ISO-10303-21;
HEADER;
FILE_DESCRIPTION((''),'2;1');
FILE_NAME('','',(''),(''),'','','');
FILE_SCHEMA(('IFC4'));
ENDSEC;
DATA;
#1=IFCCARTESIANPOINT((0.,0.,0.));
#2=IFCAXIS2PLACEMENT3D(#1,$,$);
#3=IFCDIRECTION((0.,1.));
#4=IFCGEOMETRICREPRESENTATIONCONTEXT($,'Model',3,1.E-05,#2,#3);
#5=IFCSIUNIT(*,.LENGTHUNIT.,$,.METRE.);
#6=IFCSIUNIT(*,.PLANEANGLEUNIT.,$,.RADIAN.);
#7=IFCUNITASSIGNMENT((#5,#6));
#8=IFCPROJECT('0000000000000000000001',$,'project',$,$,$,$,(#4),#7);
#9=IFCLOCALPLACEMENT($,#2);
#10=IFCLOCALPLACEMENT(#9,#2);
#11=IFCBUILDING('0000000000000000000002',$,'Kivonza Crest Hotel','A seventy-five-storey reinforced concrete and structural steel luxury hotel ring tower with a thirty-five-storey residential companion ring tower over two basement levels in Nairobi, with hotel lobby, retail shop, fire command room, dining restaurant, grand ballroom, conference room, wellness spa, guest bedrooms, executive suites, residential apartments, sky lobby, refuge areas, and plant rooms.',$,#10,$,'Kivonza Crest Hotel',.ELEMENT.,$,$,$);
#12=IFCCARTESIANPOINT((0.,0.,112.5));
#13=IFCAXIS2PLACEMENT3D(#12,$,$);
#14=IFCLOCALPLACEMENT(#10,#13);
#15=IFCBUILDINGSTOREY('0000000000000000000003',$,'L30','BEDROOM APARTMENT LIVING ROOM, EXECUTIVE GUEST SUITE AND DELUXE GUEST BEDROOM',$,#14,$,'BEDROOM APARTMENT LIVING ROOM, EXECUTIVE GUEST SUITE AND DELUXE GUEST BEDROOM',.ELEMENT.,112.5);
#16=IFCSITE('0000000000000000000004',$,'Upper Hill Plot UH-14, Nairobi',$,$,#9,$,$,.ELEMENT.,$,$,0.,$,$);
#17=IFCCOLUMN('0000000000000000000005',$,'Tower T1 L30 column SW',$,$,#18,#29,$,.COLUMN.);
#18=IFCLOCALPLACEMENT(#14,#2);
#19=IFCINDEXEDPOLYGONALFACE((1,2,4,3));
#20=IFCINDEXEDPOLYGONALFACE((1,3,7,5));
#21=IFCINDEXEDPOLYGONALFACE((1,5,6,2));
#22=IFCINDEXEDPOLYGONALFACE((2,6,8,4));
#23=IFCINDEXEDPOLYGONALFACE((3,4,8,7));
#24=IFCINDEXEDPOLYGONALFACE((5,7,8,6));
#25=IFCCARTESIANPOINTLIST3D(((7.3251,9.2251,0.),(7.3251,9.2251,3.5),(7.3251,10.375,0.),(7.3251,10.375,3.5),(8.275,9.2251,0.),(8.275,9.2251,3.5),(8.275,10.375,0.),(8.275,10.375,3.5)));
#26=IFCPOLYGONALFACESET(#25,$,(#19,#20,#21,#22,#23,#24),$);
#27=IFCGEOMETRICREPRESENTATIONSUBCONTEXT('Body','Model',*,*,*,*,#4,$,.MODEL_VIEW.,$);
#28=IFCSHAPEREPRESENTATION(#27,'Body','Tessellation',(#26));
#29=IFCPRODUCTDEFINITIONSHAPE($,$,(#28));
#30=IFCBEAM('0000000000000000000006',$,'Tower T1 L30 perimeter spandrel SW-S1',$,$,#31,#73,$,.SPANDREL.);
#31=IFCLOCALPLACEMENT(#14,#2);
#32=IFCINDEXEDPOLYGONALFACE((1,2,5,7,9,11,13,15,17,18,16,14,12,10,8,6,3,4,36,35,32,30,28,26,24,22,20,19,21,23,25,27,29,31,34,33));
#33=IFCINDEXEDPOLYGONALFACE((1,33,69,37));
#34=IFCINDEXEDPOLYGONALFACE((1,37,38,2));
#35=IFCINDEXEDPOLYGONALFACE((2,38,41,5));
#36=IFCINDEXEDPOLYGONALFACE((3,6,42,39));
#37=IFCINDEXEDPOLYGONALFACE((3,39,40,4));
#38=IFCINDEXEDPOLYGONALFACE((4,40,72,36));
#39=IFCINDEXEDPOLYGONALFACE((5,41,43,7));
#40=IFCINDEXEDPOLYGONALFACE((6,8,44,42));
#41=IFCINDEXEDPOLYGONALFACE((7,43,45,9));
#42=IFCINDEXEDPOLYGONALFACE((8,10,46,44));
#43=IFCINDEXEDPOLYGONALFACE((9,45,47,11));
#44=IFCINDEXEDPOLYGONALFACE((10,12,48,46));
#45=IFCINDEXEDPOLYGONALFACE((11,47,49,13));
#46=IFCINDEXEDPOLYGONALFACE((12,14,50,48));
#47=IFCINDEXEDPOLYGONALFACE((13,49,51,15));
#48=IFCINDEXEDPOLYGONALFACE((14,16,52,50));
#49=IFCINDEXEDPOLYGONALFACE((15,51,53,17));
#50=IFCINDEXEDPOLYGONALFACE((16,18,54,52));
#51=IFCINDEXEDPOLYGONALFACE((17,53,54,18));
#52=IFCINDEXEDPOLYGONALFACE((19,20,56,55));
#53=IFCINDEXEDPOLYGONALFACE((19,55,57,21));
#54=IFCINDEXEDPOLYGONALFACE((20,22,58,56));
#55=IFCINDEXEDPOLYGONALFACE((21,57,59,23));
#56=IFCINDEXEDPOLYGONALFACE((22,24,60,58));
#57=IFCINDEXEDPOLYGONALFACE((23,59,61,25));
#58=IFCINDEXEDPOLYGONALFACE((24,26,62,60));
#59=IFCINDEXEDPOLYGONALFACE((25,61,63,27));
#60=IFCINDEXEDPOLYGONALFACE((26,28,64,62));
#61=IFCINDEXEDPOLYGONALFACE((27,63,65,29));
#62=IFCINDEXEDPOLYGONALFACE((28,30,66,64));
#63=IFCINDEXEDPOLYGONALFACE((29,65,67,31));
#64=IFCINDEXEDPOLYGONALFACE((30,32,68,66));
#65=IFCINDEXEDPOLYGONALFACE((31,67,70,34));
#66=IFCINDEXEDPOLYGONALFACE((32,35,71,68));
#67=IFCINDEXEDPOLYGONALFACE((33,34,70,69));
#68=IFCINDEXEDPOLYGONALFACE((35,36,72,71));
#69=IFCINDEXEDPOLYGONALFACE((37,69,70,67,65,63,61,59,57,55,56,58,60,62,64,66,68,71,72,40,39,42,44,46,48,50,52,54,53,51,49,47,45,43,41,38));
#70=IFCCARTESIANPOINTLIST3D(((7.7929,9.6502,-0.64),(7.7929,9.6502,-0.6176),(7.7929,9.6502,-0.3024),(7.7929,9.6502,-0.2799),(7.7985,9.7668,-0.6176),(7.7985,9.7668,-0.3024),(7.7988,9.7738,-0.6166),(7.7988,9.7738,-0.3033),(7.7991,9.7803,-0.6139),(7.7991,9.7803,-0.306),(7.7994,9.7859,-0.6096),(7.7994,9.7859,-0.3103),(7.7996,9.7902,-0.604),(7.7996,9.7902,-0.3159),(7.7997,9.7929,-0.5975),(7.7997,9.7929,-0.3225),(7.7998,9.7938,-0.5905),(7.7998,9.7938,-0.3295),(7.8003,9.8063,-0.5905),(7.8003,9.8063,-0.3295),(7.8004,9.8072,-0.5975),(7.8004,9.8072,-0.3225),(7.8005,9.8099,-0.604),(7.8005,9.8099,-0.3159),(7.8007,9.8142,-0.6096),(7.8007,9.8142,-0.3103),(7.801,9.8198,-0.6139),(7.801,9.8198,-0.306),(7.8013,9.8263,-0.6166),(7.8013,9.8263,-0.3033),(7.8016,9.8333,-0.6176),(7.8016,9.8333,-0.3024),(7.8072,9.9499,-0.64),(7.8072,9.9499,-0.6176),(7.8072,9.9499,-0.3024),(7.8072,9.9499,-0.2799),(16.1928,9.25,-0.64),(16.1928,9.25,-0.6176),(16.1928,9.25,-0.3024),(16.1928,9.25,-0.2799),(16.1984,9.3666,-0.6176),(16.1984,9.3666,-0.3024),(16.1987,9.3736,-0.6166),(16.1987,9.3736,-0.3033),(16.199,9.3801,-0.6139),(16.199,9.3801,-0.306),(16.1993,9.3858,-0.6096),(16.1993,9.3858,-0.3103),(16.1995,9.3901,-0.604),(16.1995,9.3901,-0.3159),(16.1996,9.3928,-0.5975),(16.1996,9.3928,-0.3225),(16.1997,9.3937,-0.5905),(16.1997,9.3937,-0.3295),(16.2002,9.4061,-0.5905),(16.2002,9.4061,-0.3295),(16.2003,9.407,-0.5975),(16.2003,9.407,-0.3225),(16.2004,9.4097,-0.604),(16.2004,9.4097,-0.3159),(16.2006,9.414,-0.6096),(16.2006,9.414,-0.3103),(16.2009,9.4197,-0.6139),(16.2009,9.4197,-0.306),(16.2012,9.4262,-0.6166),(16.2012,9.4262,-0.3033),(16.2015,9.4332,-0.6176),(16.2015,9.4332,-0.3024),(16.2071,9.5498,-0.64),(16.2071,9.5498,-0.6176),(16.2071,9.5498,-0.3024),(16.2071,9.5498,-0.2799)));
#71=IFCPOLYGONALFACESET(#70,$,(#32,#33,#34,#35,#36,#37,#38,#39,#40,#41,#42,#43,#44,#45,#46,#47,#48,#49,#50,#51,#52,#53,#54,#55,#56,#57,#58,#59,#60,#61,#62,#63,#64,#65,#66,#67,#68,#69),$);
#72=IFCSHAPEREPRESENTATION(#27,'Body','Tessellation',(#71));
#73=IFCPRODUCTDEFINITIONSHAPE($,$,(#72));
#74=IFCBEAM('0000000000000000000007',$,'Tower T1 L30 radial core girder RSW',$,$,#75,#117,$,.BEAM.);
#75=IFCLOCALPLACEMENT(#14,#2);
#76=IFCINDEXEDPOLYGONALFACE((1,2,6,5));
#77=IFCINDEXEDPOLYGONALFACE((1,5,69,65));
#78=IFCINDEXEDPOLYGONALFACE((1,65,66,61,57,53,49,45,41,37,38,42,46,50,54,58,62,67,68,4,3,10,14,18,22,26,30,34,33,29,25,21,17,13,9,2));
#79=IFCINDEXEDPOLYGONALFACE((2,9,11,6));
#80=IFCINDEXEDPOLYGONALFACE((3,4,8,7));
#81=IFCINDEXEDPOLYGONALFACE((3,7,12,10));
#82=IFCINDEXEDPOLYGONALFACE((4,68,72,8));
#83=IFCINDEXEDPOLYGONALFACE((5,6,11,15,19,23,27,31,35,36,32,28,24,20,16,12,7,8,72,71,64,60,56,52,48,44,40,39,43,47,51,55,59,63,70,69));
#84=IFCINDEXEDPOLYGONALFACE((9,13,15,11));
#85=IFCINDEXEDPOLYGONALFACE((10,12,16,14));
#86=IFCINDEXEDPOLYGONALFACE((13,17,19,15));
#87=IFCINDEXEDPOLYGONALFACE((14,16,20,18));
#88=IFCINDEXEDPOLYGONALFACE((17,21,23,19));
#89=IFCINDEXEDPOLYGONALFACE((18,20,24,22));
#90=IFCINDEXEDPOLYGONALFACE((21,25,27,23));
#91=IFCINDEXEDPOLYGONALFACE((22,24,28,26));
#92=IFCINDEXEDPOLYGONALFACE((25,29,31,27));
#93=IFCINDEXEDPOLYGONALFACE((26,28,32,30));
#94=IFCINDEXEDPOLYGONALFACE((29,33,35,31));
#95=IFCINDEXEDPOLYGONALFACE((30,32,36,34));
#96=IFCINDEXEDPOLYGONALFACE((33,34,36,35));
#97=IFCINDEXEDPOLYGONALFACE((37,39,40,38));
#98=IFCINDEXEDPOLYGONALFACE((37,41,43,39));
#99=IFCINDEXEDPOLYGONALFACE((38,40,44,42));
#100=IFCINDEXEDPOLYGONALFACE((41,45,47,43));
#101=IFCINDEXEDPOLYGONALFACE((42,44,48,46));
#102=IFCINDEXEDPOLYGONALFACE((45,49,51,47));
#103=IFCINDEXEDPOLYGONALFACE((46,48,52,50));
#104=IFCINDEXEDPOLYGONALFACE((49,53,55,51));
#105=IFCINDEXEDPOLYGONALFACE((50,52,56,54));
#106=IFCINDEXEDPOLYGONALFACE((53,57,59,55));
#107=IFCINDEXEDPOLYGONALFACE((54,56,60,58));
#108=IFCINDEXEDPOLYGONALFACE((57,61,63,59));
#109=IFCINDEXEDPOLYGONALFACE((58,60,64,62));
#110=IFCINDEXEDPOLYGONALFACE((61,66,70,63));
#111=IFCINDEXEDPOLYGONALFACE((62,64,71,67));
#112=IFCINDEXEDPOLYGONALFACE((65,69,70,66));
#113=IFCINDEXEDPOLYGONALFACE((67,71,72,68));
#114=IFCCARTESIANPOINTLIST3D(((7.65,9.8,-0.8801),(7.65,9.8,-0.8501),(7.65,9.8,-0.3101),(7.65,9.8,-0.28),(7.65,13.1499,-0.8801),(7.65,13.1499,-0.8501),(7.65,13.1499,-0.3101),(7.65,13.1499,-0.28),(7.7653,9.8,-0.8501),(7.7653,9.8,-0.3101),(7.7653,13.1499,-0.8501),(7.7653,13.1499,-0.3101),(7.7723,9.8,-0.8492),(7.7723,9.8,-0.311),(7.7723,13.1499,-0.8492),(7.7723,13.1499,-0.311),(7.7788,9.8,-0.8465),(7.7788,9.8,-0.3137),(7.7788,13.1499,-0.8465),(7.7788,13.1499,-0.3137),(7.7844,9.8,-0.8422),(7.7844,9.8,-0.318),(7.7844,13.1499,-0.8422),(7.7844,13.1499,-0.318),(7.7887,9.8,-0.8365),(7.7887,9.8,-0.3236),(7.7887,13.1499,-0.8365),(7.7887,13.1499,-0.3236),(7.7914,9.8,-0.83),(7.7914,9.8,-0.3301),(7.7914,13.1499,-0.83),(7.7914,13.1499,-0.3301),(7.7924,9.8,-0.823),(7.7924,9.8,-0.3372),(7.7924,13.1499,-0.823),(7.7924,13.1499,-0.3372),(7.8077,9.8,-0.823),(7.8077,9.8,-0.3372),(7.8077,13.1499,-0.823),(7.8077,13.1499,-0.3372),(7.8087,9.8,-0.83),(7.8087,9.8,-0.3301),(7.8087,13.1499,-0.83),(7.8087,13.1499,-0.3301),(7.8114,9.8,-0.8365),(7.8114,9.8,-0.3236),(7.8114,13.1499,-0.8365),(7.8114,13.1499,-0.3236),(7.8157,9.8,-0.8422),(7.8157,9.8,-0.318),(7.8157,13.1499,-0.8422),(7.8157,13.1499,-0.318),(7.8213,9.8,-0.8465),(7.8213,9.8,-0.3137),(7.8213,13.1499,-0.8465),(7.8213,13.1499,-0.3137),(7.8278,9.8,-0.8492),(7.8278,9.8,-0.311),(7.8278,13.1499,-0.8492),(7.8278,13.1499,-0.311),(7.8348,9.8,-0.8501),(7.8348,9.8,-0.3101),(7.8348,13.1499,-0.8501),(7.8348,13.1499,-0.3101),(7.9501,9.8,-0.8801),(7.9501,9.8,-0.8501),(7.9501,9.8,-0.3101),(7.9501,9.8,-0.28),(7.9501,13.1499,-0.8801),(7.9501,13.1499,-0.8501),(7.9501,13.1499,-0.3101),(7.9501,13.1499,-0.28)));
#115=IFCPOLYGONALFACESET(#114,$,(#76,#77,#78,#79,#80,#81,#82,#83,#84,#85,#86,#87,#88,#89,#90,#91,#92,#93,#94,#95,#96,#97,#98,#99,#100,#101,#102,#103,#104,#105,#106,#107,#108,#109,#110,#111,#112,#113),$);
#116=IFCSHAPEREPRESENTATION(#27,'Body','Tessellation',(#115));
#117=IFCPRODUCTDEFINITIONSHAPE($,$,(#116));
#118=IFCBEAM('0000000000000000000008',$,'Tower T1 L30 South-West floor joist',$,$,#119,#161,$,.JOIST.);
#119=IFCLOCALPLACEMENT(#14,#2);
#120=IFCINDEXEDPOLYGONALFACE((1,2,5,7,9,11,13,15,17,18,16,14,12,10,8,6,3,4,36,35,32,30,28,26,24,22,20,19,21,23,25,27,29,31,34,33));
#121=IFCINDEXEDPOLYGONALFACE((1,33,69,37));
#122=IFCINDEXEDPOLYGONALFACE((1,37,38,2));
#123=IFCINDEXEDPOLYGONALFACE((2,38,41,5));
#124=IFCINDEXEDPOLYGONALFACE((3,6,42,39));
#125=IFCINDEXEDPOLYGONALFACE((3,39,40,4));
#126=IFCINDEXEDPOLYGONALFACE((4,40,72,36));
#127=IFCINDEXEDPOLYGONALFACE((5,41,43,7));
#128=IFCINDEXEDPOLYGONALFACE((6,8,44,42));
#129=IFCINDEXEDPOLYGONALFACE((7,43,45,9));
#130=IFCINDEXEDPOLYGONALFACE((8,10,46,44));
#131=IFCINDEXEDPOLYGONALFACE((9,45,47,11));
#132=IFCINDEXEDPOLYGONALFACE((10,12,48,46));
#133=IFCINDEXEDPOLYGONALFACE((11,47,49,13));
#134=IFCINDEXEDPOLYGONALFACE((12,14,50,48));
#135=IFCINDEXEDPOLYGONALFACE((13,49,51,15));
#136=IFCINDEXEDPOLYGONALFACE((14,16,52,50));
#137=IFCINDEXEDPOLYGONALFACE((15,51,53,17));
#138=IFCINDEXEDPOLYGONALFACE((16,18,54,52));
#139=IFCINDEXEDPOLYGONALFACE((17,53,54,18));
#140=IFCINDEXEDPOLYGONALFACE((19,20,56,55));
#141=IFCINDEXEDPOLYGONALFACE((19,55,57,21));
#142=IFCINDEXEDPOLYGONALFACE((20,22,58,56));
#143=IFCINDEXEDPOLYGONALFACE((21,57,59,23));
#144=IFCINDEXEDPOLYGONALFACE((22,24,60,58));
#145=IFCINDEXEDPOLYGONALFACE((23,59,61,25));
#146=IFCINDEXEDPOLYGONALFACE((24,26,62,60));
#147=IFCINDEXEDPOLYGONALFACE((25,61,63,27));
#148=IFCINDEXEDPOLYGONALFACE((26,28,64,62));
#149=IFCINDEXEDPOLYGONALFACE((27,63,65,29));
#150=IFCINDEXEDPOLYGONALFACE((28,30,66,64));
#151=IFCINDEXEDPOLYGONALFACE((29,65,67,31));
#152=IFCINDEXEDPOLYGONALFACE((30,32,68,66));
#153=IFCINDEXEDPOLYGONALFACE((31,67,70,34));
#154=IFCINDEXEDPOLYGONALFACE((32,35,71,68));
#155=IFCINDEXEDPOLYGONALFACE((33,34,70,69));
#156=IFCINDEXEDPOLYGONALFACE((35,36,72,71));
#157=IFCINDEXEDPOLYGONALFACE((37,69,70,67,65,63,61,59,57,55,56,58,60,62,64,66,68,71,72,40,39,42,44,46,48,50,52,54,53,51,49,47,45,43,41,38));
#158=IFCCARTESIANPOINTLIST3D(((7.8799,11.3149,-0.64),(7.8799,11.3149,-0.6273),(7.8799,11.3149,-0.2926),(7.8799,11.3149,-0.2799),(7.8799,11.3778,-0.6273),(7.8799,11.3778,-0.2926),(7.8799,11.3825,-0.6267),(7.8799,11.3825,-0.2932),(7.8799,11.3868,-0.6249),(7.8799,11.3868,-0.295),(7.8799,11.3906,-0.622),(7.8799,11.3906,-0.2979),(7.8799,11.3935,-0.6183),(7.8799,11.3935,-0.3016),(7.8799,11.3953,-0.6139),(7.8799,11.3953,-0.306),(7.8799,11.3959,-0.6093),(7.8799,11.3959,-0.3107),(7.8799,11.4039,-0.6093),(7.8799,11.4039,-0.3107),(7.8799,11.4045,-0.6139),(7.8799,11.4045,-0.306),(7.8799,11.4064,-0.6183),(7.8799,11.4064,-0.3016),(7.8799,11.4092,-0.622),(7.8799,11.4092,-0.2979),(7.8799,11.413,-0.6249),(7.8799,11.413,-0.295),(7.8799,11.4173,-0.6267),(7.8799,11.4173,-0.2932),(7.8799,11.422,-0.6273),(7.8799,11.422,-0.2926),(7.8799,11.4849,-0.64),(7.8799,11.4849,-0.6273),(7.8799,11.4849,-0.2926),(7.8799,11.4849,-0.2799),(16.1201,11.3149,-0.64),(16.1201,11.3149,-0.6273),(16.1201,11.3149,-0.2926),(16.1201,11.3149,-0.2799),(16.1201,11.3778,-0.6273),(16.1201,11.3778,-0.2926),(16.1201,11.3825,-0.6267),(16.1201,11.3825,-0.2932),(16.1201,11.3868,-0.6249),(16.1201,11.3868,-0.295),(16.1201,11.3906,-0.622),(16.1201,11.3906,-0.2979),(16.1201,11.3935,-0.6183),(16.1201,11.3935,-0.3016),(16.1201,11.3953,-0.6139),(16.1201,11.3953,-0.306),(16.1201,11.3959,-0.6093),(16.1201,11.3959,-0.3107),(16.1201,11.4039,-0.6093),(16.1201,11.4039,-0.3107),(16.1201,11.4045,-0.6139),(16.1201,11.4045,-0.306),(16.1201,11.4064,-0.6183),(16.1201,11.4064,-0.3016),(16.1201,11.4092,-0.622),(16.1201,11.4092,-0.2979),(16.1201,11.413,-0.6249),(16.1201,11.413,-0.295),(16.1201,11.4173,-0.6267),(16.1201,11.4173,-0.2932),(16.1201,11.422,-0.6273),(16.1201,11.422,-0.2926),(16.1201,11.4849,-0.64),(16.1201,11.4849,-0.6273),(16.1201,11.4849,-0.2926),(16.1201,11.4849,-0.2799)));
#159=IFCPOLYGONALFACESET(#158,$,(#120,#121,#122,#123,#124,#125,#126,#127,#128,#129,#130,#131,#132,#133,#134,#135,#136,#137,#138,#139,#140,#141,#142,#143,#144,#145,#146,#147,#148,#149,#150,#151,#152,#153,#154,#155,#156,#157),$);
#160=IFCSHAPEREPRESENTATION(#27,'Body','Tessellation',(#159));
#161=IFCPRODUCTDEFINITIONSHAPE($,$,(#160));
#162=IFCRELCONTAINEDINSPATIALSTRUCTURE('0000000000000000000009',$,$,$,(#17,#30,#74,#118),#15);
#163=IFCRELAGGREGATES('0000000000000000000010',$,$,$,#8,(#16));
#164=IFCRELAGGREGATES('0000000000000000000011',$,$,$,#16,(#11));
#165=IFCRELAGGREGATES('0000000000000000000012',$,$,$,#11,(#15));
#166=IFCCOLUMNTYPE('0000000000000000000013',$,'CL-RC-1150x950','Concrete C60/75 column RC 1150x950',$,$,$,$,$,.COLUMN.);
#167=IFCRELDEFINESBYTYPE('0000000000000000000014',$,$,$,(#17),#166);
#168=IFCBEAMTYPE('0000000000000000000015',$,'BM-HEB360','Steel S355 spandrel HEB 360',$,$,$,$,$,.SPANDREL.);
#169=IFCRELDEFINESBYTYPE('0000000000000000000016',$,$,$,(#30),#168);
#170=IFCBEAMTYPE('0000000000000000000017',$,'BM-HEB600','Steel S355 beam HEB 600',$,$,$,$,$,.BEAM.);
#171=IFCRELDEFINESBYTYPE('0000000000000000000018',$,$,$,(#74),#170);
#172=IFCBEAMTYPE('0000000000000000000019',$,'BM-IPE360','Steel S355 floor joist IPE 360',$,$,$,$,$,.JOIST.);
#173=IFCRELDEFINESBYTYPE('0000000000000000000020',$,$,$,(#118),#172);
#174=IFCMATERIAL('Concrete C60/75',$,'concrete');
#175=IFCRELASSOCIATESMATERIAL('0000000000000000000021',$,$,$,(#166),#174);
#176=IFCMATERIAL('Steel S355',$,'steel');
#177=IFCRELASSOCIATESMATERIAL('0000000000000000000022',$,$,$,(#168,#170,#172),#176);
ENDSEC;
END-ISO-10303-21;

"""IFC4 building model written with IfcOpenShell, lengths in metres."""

from ifc_helpers import new_model, si_unit, direction, frame, origin, origin_2d, place, context, subcontext, project, spatial, rectangle, i_section, extrude, material, material_profile, profile_set, type_object, element, save


model = new_model("IFC4")

# Units and contexts
model_context = context("Model", 3, precision=1e-05, world=origin(), true_north=direction((0.0, 1.0)))
body_context = subcontext(model_context, "Body", "Model", "MODEL_VIEW")
ifc_project = project(units=[si_unit("LENGTHUNIT", "METRE"), si_unit("PLANEANGLEUNIT", "RADIAN")], contexts=[model_context])

# Site, building, storey
site_placement = place(None, origin())
site = spatial("IfcSite", under=ifc_project, at=site_placement, Name="Upper Hill Plot UH-14, Nairobi", CompositionType="ELEMENT", RefElevation=0.0)
building_placement = place(site_placement, origin())
building = spatial("IfcBuilding", under=site, at=building_placement, Name="Kivonza Crest Hotel", Description="A seventy-five-storey reinforced concrete and structural steel luxury hotel ring tower with a thirty-five-storey residential companion ring tower over two basement levels in Nairobi, with hotel lobby, retail shop, fire command room, dining restaurant, grand ballroom, conference room, wellness spa, guest bedrooms, executive suites, residential apartments, sky lobby, refuge areas, and plant rooms.", LongName="Kivonza Crest Hotel", CompositionType="ELEMENT")
storey_placement = place(building_placement, frame((0.0, 0.0, 112.5)))
storey = spatial("IfcBuildingStorey", under=building, at=storey_placement, Name="L30", Description="BEDROOM APARTMENT LIVING ROOM, EXECUTIVE GUEST SUITE AND DELUXE GUEST BEDROOM", LongName="BEDROOM APARTMENT LIVING ROOM, EXECUTIVE GUEST SUITE AND DELUXE GUEST BEDROOM", CompositionType="ELEMENT", Elevation=112.5)

# Column
ifc_material_1 = material(Name="Concrete C60/75", Category="concrete")
ifc_material_profile_1 = material_profile(ifc_material_1, rectangle(XDim=0.95, YDim=1.1499, at=origin_2d()), Name="RC 1150x950")
ifc_profile_set_1 = profile_set([ifc_material_profile_1], Name="Concrete C60/75")
column_type = type_object("IfcColumnType", Name="CL-RC-1150x950", Description="Concrete C60/75 column RC 1150x950", PredefinedType="COLUMN", material=ifc_profile_set_1)
column_placement = place(storey_placement, frame((7.8, 9.8, 0.0), z_axis=(0.0, 0.0, 1.0), x_axis=(1.0, 0.0, 0.0)))
element("IfcColumn", 1, at=column_placement, inside=storey, type_object=column_type, Name="Tower T1 L30 column SW", PredefinedType="COLUMN", context=body_context, shape_type="SweptSolid", body=[
    extrude(rectangle(XDim=0.95, YDim=1.1499, at=origin_2d()), origin(), (0.0, 0.0, 1.0), 3.5),
])

# Beams
ifc_material_2 = material(Name="Steel S355", Category="steel")
ifc_material_profile_2 = material_profile(ifc_material_2, i_section(OverallWidth=0.3, OverallDepth=0.3601, WebThickness=0.0125, FlangeThickness=0.0225, FilletRadius=0.0271, at=origin_2d()), Name="HEB 360")
ifc_profile_set_2 = profile_set([ifc_material_profile_2], Name="Steel S355")
beam_type_1 = type_object("IfcBeamType", Name="BM-HEB360", Description="Steel S355 spandrel HEB 360", PredefinedType="SPANDREL", material=ifc_profile_set_2)
beam_1_placement = place(storey_placement, frame((7.8, 9.8, -0.46), z_axis=(0.998867, -0.047583, 0.0), x_axis=(0.047583, 0.998867, 0.0)))
element("IfcBeam", 2, at=beam_1_placement, inside=storey, type_object=beam_type_1, Name="Tower T1 L30 perimeter spandrel SW-S1", PredefinedType="SPANDREL", context=body_context, shape_type="SweptSolid", body=[
    extrude(i_section(OverallWidth=0.3, OverallDepth=0.3601, WebThickness=0.0125, FlangeThickness=0.0225, FilletRadius=0.0271, at=origin_2d()), origin(), (0.0, 0.0, 1.0), 8.4094),
])
ifc_material_profile_3 = material_profile(ifc_material_2, i_section(OverallWidth=0.3, OverallDepth=0.6001, WebThickness=0.0154, FlangeThickness=0.03, FilletRadius=0.0271, at=origin_2d()), Name="HEB 600")
ifc_profile_set_3 = profile_set([ifc_material_profile_3], Name="Steel S355")
beam_type_2 = type_object("IfcBeamType", Name="BM-HEB600", Description="Steel S355 beam HEB 600", PredefinedType="BEAM", material=ifc_profile_set_3)
beam_2_placement = place(storey_placement, frame((7.8, 9.8, -0.5801), z_axis=(0.0, 1.0, 0.0), x_axis=(-1.0, 0.0, 0.0)))
element("IfcBeam", 3, at=beam_2_placement, inside=storey, type_object=beam_type_2, Name="Tower T1 L30 radial core girder RSW", PredefinedType="BEAM", context=body_context, shape_type="SweptSolid", body=[
    extrude(i_section(OverallWidth=0.3, OverallDepth=0.6001, WebThickness=0.0154, FlangeThickness=0.03, FilletRadius=0.0271, at=origin_2d()), origin(), (0.0, 0.0, 1.0), 3.3499),
])
ifc_material_profile_4 = material_profile(ifc_material_2, i_section(OverallWidth=0.1699, OverallDepth=0.3601, WebThickness=0.0081, FlangeThickness=0.0127, FilletRadius=0.0181, at=origin_2d()), Name="IPE 360")
ifc_profile_set_4 = profile_set([ifc_material_profile_4], Name="Steel S355")
beam_type_3 = type_object("IfcBeamType", Name="BM-IPE360", Description="Steel S355 floor joist IPE 360", PredefinedType="JOIST", material=ifc_profile_set_4)
beam_3_placement = place(storey_placement, frame((7.8799, 11.3999, -0.46), z_axis=(1.0, 0.0, 0.0), x_axis=(0.0, 1.0, 0.0)))
element("IfcBeam", 4, at=beam_3_placement, inside=storey, type_object=beam_type_3, Name="Tower T1 L30 South-West floor joist", PredefinedType="JOIST", context=body_context, shape_type="SweptSolid", body=[
    extrude(i_section(OverallWidth=0.1699, OverallDepth=0.3601, WebThickness=0.0081, FlangeThickness=0.0127, FilletRadius=0.0181, at=origin_2d()), origin(), (0.0, 0.0, 1.0), 8.2402),
])

save(model, "model.ifc")
